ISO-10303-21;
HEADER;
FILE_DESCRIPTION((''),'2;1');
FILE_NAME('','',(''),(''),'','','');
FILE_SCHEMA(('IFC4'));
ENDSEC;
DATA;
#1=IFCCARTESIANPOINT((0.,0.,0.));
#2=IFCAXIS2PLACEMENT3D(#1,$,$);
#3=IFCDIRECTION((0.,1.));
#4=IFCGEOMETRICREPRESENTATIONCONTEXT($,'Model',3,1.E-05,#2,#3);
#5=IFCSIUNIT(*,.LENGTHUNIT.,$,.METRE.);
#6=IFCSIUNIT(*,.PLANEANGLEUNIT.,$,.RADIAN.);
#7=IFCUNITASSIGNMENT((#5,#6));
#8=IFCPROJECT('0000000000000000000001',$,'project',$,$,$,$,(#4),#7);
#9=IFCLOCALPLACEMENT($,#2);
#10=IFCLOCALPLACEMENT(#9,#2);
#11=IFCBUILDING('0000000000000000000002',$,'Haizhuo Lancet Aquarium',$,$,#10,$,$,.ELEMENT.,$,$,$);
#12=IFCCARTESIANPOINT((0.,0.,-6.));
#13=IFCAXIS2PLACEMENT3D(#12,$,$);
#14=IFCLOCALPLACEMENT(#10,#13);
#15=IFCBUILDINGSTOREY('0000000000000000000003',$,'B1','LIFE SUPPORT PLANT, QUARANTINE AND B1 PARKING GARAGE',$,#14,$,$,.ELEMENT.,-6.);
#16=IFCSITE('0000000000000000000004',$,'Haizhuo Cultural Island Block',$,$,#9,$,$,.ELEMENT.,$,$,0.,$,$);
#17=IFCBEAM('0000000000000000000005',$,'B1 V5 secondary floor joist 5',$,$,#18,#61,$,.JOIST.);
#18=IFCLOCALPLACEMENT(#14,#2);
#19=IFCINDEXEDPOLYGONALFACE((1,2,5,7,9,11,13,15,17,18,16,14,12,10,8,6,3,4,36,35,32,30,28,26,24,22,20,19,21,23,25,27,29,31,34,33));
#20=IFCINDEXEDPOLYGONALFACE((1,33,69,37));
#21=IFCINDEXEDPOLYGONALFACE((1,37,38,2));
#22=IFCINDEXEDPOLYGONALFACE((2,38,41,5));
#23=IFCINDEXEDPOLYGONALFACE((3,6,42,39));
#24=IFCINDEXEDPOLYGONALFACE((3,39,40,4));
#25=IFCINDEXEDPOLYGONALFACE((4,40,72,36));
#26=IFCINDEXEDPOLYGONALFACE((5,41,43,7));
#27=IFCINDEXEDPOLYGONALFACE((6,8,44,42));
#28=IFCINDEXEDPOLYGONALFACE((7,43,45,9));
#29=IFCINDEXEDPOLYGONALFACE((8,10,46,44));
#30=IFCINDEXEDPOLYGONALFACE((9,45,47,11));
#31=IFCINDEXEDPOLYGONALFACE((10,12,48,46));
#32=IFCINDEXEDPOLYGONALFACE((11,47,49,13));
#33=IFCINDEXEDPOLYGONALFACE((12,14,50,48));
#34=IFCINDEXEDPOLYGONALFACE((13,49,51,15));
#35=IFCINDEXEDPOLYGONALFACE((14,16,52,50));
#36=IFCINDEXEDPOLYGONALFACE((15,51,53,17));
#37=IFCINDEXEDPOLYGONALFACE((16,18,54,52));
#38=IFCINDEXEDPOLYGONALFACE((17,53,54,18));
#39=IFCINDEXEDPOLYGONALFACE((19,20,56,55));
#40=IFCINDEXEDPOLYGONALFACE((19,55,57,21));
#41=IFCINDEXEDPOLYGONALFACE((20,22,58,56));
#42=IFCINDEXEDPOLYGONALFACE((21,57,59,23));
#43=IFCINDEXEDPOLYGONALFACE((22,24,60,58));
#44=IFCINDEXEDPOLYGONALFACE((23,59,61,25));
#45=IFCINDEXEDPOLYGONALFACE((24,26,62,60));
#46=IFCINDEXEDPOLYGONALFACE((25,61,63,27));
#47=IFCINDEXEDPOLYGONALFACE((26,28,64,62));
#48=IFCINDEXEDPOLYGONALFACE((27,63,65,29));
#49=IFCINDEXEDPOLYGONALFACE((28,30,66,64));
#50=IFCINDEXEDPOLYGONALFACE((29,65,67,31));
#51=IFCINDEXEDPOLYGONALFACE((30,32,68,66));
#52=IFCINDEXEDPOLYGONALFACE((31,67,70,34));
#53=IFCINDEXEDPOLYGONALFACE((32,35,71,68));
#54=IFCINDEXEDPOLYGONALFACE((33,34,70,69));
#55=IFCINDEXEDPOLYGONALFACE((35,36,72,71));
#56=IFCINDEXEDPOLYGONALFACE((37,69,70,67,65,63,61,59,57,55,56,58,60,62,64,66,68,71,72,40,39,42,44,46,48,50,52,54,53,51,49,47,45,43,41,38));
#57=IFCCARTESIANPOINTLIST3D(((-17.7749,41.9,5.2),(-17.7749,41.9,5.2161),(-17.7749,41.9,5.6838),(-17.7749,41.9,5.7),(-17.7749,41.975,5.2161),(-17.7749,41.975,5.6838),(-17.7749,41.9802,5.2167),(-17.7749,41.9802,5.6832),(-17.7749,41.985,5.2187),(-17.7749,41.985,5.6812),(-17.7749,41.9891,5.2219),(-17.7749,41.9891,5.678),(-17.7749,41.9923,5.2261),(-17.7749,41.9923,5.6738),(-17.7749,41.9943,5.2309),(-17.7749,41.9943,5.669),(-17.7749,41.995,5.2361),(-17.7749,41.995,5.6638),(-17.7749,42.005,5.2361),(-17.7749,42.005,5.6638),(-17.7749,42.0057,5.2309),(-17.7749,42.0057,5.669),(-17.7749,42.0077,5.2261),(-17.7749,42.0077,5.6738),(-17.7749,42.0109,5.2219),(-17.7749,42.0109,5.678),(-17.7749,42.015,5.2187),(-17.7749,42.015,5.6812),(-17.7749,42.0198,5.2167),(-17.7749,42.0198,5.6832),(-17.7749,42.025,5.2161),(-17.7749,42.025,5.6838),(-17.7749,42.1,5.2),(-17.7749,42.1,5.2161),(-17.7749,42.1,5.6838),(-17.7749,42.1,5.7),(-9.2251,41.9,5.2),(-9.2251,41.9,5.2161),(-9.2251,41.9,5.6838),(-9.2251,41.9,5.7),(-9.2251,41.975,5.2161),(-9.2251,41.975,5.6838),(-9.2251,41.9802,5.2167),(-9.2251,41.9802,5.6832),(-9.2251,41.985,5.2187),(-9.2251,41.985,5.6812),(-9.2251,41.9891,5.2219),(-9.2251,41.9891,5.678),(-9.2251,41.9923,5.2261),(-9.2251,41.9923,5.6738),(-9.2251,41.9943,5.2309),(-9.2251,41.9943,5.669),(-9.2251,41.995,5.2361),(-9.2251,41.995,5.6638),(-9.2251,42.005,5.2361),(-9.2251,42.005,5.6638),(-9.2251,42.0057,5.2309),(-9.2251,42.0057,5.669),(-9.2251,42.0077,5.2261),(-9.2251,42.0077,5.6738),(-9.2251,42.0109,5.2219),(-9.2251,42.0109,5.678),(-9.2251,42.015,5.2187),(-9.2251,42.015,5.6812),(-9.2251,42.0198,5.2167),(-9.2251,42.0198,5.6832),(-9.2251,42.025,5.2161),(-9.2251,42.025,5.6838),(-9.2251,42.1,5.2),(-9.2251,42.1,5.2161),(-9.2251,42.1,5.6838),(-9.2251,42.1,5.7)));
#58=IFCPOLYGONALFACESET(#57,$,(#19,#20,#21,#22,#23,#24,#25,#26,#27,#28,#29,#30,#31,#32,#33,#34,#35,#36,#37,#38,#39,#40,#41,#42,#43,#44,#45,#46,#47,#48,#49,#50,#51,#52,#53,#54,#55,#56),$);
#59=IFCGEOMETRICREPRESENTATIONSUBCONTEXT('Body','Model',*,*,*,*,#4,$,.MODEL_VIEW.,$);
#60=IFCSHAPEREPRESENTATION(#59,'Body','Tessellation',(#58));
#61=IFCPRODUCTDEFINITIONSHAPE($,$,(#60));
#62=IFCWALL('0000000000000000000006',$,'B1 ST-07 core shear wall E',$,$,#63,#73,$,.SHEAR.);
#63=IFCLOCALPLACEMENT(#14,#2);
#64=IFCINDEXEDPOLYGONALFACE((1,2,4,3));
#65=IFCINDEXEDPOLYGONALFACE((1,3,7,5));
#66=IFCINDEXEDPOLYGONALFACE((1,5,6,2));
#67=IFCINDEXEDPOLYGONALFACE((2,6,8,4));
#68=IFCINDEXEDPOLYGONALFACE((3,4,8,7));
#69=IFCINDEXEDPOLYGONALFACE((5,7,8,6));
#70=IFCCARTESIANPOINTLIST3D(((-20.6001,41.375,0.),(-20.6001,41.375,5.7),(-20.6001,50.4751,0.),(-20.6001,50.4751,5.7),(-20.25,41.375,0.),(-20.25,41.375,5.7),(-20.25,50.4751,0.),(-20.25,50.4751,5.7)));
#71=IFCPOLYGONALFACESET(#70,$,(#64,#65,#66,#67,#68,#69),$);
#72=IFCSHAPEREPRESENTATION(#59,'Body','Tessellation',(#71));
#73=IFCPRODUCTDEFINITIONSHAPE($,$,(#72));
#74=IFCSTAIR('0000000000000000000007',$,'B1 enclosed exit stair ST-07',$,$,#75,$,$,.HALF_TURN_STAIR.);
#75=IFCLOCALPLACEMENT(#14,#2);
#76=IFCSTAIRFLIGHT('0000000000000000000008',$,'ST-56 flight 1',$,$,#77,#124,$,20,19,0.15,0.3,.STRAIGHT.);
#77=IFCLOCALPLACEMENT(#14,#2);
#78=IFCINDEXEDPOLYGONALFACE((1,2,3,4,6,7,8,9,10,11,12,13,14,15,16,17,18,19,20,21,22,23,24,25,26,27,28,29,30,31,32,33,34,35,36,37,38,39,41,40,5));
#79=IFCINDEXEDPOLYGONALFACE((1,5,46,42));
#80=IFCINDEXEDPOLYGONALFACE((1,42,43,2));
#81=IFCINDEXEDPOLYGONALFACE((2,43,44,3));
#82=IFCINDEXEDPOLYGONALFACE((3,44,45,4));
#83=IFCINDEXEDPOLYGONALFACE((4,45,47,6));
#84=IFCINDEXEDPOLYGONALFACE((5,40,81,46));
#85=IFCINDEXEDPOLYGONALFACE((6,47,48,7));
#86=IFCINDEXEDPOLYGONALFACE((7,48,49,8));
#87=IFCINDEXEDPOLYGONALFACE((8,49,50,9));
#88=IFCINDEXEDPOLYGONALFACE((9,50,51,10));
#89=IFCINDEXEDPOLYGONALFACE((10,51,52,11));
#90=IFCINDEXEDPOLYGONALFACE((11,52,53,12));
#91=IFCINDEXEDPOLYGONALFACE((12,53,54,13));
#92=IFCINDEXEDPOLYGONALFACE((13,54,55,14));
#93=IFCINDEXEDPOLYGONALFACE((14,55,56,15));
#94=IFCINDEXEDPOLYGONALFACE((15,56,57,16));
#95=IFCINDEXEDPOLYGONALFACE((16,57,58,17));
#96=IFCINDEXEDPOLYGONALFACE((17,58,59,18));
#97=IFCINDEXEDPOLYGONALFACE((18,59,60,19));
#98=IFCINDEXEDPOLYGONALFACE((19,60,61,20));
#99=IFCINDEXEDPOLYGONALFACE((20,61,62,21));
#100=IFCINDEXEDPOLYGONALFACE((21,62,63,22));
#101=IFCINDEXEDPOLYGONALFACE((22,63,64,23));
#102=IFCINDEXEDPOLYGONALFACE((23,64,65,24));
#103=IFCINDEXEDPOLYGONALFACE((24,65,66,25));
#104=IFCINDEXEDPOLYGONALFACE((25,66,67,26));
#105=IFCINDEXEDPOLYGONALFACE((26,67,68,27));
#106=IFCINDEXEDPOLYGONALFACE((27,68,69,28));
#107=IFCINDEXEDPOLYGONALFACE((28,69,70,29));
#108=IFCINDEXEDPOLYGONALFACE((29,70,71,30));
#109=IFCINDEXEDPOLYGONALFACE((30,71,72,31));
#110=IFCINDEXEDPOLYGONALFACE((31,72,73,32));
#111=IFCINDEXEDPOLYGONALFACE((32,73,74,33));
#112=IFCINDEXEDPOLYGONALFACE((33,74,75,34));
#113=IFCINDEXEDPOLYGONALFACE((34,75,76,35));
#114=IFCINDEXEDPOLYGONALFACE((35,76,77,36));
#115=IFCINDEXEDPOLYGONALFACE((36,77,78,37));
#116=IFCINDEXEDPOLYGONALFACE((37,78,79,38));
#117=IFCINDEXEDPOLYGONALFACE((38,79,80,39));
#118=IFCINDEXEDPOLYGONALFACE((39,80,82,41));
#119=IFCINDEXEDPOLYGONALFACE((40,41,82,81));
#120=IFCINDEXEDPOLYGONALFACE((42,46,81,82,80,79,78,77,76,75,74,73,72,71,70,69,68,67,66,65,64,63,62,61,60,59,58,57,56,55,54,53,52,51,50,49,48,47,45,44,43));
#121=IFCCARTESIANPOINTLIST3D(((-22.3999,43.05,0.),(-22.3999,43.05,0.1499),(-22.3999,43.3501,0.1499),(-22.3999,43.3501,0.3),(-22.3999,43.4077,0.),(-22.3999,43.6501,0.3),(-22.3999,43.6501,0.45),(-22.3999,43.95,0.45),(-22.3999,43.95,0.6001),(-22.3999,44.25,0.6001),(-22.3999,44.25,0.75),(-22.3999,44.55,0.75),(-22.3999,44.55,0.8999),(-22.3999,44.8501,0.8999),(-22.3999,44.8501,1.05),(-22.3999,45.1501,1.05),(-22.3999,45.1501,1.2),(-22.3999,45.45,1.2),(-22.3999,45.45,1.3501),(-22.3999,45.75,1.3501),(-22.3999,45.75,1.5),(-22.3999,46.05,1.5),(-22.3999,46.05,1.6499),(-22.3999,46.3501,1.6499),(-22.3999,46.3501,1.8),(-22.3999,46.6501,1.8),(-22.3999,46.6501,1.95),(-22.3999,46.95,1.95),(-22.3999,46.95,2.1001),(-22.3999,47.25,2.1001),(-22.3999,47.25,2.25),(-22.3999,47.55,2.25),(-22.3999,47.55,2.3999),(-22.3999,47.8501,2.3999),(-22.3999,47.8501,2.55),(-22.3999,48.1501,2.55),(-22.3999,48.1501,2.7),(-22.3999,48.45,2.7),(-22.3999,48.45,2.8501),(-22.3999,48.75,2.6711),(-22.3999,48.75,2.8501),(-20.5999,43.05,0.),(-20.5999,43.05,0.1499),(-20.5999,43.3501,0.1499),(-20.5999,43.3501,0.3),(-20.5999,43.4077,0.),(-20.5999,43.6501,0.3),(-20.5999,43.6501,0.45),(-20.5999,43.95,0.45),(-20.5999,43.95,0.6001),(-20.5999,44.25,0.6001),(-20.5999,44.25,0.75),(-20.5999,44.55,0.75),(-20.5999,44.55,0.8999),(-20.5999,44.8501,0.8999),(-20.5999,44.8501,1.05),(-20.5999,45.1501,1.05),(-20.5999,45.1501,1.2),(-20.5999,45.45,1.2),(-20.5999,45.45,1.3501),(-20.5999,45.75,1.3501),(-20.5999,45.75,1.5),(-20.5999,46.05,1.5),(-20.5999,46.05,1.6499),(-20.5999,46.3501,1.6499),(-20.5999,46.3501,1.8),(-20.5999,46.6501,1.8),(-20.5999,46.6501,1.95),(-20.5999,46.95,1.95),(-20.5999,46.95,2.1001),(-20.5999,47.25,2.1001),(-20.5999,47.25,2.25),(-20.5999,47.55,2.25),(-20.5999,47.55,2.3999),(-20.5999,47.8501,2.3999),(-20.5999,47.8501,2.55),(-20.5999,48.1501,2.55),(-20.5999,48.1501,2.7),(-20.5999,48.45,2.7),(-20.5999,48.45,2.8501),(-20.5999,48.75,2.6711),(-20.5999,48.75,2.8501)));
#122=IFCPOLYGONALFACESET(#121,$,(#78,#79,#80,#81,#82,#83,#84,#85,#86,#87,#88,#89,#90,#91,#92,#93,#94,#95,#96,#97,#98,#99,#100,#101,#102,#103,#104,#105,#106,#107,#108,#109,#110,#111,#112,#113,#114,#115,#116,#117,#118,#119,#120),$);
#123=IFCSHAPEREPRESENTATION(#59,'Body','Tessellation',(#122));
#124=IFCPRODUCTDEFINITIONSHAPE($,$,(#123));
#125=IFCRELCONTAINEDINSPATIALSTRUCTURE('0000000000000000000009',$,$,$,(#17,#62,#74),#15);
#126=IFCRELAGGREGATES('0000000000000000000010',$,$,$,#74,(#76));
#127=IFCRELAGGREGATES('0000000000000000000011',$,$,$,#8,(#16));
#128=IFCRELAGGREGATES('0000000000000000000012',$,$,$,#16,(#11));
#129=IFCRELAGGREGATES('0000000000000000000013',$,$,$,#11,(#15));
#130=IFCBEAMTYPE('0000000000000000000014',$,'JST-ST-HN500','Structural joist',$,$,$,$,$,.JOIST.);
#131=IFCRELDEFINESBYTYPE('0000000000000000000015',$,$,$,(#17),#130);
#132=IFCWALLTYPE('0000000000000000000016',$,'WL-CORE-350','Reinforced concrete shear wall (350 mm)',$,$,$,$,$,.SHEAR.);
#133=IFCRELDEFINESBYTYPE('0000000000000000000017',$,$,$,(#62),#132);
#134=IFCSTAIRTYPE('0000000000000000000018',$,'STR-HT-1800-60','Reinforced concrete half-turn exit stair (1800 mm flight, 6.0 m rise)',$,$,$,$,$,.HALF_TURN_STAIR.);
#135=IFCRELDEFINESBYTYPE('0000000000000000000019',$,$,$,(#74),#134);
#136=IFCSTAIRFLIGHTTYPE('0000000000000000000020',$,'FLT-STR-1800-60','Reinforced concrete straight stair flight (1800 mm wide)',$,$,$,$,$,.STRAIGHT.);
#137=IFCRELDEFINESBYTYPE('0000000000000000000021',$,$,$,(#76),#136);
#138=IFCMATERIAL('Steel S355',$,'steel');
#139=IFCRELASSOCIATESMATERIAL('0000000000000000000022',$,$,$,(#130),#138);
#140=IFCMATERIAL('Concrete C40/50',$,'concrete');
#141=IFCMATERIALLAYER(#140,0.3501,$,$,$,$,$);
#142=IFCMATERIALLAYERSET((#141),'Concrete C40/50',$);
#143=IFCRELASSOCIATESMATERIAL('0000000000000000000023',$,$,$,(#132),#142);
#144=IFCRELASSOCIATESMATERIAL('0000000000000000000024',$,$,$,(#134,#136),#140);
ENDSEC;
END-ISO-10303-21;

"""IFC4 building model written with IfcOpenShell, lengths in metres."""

from ifc_helpers import new_model, si_unit, direction, frame, frame_2d, origin, origin_2d, place, context, subcontext, project, spatial, polyline, rectangle, i_section, outline, extrude, material, layer, layer_set, material_profile, profile_set, type_object, element, aggregate, save


model = new_model("IFC4")

# Units and contexts
model_context = context("Model", 3, precision=1e-05, world=origin(), true_north=direction((0.0, 1.0)))
body_context = subcontext(model_context, "Body", "Model", "MODEL_VIEW")
ifc_project = project(units=[si_unit("LENGTHUNIT", "METRE"), si_unit("PLANEANGLEUNIT", "RADIAN")], contexts=[model_context])

# Site, building, storey
site_placement = place(None, origin())
site = spatial("IfcSite", under=ifc_project, at=site_placement, Name="Haizhuo Cultural Island Block", CompositionType="ELEMENT", RefElevation=0.0)
building_placement = place(site_placement, origin())
building = spatial("IfcBuilding", under=site, at=building_placement, Name="Haizhuo Lancet Aquarium", CompositionType="ELEMENT")
storey_placement = place(building_placement, frame((0.0, 0.0, -6.0)))
storey = spatial("IfcBuildingStorey", under=building, at=storey_placement, Name="B1", Description="LIFE SUPPORT PLANT, QUARANTINE AND B1 PARKING GARAGE", CompositionType="ELEMENT", Elevation=-6.0)

# Shared definitions
ifc_material_1 = material(Name="Concrete C40/50", Category="concrete")

# Beam
ifc_material_2 = material(Name="Steel S355", Category="steel")
ifc_material_profile_1 = material_profile(ifc_material_2, i_section(OverallWidth=0.2, OverallDepth=0.5, WebThickness=0.01, FlangeThickness=0.0161, FilletRadius=0.02, at=origin_2d()), Name="HN 500x200x10x16")
ifc_profile_set_1 = profile_set([ifc_material_profile_1], Name="Steel S355")
beam_type_1 = type_object("IfcBeamType", Name="JST-ST-HN500", Description="Structural joist", PredefinedType="JOIST", material=ifc_profile_set_1)
beam_1_placement = place(storey_placement, frame((-17.7749, 42.0, 5.45), z_axis=(1.0, 0.0, 0.0), x_axis=(0.0, 1.0, 0.0)))
element("IfcBeam", 1, at=beam_1_placement, inside=storey, type_object=beam_type_1, Name="B1 V5 secondary floor joist 5", PredefinedType="JOIST", context=body_context, shape_type="SweptSolid", body=[
    extrude(i_section(OverallWidth=0.2, OverallDepth=0.5, WebThickness=0.01, FlangeThickness=0.0161, FilletRadius=0.02, at=origin_2d()), origin(), (0.0, 0.0, 1.0), 8.5498),
])

# Wall
ifc_layer = layer(ifc_material_1, 0.3501)
ifc_layer_set = layer_set([ifc_layer], Name="Concrete C40/50")
wall_type = type_object("IfcWallType", Name="WL-CORE-350", Description="Reinforced concrete shear wall (350 mm)", PredefinedType="SHEAR", material=ifc_layer_set)
wall_placement = place(storey_placement, frame((-20.425, 41.375, 0.0), z_axis=(0.0, 0.0, 1.0), x_axis=(0.0, 1.0, 0.0)))
element("IfcWall", 2, at=wall_placement, inside=storey, type_object=wall_type, Name="B1 ST-07 core shear wall E", PredefinedType="SHEAR", context=body_context, shape_type="SweptSolid", body=[
    extrude(rectangle(XDim=9.1001, YDim=0.3501, at=frame_2d((4.55, 0.0))), origin(), (0.0, 0.0, 1.0), 5.7),
])

# Stair, stair flight
stair_type = type_object("IfcStairType", Name="STR-HT-1800-60", Description="Reinforced concrete half-turn exit stair (1800 mm flight, 6.0 m rise)", PredefinedType="HALF_TURN_STAIR", material=ifc_material_1)
stair_placement = place(storey_placement, origin())
stair = element("IfcStair", 3, at=stair_placement, inside=storey, type_object=stair_type, Name="B1 enclosed exit stair ST-07", PredefinedType="HALF_TURN_STAIR")
stair_flight_type = type_object("IfcStairFlightType", Name="FLT-STR-1800-60", Description="Reinforced concrete straight stair flight (1800 mm wide)", PredefinedType="STRAIGHT", material=ifc_material_1)
stair_flight_placement = place(storey_placement, frame((-21.5, 43.05, 0.0), z_axis=(0.0, 0.0, 1.0), x_axis=(0.0, 1.0, 0.0)))
stair_flight = element("IfcStairFlight", 4, at=stair_flight_placement, type_object=stair_flight_type, Name="ST-56 flight 1", NumberOfRisers=20, NumberOfTreads=19, PredefinedType="STRAIGHT", RiserHeight=0.15, TreadLength=0.3, context=body_context, shape_type="SweptSolid", body=[
    extrude(outline(polyline([(0.0, 0.0), (0.0, 0.1499), (0.3, 0.1499), (0.3, 0.3), (0.6001, 0.3), (0.6001, 0.45), (0.8999, 0.45), (0.8999, 0.6001), (1.2, 0.6001), (1.2, 0.75), (1.5, 0.75), (1.5, 0.8999), (1.8, 0.8999), (1.8, 1.05), (2.1001, 1.05), (2.1001, 1.2), (2.3999, 1.2), (2.3999, 1.3501), (2.7, 1.3501), (2.7, 1.5), (3.0, 1.5), (3.0, 1.6499), (3.3, 1.6499), (3.3, 1.8), (3.6001, 1.8), (3.6001, 1.95), (3.8999, 1.95), (3.8999, 2.1001), (4.2, 2.1001), (4.2, 2.25), (4.5, 2.25), (4.5, 2.3999), (4.8, 2.3999), (4.8, 2.55), (5.1001, 2.55), (5.1001, 2.7), (5.3999, 2.7), (5.3999, 2.8501), (5.7, 2.8501), (5.7, 3.0), (5.7, 2.6711), (0.3577, 0.0), (0.0, 0.0)])), frame((0.0, 0.8999, 0.0), z_axis=(0.0, -1.0, 0.0), x_axis=(1.0, 0.0, 0.0)), (0.0, 0.0, 1.0), 1.8),
])
aggregate(stair, [stair_flight])

save(model, "model.ifc")
